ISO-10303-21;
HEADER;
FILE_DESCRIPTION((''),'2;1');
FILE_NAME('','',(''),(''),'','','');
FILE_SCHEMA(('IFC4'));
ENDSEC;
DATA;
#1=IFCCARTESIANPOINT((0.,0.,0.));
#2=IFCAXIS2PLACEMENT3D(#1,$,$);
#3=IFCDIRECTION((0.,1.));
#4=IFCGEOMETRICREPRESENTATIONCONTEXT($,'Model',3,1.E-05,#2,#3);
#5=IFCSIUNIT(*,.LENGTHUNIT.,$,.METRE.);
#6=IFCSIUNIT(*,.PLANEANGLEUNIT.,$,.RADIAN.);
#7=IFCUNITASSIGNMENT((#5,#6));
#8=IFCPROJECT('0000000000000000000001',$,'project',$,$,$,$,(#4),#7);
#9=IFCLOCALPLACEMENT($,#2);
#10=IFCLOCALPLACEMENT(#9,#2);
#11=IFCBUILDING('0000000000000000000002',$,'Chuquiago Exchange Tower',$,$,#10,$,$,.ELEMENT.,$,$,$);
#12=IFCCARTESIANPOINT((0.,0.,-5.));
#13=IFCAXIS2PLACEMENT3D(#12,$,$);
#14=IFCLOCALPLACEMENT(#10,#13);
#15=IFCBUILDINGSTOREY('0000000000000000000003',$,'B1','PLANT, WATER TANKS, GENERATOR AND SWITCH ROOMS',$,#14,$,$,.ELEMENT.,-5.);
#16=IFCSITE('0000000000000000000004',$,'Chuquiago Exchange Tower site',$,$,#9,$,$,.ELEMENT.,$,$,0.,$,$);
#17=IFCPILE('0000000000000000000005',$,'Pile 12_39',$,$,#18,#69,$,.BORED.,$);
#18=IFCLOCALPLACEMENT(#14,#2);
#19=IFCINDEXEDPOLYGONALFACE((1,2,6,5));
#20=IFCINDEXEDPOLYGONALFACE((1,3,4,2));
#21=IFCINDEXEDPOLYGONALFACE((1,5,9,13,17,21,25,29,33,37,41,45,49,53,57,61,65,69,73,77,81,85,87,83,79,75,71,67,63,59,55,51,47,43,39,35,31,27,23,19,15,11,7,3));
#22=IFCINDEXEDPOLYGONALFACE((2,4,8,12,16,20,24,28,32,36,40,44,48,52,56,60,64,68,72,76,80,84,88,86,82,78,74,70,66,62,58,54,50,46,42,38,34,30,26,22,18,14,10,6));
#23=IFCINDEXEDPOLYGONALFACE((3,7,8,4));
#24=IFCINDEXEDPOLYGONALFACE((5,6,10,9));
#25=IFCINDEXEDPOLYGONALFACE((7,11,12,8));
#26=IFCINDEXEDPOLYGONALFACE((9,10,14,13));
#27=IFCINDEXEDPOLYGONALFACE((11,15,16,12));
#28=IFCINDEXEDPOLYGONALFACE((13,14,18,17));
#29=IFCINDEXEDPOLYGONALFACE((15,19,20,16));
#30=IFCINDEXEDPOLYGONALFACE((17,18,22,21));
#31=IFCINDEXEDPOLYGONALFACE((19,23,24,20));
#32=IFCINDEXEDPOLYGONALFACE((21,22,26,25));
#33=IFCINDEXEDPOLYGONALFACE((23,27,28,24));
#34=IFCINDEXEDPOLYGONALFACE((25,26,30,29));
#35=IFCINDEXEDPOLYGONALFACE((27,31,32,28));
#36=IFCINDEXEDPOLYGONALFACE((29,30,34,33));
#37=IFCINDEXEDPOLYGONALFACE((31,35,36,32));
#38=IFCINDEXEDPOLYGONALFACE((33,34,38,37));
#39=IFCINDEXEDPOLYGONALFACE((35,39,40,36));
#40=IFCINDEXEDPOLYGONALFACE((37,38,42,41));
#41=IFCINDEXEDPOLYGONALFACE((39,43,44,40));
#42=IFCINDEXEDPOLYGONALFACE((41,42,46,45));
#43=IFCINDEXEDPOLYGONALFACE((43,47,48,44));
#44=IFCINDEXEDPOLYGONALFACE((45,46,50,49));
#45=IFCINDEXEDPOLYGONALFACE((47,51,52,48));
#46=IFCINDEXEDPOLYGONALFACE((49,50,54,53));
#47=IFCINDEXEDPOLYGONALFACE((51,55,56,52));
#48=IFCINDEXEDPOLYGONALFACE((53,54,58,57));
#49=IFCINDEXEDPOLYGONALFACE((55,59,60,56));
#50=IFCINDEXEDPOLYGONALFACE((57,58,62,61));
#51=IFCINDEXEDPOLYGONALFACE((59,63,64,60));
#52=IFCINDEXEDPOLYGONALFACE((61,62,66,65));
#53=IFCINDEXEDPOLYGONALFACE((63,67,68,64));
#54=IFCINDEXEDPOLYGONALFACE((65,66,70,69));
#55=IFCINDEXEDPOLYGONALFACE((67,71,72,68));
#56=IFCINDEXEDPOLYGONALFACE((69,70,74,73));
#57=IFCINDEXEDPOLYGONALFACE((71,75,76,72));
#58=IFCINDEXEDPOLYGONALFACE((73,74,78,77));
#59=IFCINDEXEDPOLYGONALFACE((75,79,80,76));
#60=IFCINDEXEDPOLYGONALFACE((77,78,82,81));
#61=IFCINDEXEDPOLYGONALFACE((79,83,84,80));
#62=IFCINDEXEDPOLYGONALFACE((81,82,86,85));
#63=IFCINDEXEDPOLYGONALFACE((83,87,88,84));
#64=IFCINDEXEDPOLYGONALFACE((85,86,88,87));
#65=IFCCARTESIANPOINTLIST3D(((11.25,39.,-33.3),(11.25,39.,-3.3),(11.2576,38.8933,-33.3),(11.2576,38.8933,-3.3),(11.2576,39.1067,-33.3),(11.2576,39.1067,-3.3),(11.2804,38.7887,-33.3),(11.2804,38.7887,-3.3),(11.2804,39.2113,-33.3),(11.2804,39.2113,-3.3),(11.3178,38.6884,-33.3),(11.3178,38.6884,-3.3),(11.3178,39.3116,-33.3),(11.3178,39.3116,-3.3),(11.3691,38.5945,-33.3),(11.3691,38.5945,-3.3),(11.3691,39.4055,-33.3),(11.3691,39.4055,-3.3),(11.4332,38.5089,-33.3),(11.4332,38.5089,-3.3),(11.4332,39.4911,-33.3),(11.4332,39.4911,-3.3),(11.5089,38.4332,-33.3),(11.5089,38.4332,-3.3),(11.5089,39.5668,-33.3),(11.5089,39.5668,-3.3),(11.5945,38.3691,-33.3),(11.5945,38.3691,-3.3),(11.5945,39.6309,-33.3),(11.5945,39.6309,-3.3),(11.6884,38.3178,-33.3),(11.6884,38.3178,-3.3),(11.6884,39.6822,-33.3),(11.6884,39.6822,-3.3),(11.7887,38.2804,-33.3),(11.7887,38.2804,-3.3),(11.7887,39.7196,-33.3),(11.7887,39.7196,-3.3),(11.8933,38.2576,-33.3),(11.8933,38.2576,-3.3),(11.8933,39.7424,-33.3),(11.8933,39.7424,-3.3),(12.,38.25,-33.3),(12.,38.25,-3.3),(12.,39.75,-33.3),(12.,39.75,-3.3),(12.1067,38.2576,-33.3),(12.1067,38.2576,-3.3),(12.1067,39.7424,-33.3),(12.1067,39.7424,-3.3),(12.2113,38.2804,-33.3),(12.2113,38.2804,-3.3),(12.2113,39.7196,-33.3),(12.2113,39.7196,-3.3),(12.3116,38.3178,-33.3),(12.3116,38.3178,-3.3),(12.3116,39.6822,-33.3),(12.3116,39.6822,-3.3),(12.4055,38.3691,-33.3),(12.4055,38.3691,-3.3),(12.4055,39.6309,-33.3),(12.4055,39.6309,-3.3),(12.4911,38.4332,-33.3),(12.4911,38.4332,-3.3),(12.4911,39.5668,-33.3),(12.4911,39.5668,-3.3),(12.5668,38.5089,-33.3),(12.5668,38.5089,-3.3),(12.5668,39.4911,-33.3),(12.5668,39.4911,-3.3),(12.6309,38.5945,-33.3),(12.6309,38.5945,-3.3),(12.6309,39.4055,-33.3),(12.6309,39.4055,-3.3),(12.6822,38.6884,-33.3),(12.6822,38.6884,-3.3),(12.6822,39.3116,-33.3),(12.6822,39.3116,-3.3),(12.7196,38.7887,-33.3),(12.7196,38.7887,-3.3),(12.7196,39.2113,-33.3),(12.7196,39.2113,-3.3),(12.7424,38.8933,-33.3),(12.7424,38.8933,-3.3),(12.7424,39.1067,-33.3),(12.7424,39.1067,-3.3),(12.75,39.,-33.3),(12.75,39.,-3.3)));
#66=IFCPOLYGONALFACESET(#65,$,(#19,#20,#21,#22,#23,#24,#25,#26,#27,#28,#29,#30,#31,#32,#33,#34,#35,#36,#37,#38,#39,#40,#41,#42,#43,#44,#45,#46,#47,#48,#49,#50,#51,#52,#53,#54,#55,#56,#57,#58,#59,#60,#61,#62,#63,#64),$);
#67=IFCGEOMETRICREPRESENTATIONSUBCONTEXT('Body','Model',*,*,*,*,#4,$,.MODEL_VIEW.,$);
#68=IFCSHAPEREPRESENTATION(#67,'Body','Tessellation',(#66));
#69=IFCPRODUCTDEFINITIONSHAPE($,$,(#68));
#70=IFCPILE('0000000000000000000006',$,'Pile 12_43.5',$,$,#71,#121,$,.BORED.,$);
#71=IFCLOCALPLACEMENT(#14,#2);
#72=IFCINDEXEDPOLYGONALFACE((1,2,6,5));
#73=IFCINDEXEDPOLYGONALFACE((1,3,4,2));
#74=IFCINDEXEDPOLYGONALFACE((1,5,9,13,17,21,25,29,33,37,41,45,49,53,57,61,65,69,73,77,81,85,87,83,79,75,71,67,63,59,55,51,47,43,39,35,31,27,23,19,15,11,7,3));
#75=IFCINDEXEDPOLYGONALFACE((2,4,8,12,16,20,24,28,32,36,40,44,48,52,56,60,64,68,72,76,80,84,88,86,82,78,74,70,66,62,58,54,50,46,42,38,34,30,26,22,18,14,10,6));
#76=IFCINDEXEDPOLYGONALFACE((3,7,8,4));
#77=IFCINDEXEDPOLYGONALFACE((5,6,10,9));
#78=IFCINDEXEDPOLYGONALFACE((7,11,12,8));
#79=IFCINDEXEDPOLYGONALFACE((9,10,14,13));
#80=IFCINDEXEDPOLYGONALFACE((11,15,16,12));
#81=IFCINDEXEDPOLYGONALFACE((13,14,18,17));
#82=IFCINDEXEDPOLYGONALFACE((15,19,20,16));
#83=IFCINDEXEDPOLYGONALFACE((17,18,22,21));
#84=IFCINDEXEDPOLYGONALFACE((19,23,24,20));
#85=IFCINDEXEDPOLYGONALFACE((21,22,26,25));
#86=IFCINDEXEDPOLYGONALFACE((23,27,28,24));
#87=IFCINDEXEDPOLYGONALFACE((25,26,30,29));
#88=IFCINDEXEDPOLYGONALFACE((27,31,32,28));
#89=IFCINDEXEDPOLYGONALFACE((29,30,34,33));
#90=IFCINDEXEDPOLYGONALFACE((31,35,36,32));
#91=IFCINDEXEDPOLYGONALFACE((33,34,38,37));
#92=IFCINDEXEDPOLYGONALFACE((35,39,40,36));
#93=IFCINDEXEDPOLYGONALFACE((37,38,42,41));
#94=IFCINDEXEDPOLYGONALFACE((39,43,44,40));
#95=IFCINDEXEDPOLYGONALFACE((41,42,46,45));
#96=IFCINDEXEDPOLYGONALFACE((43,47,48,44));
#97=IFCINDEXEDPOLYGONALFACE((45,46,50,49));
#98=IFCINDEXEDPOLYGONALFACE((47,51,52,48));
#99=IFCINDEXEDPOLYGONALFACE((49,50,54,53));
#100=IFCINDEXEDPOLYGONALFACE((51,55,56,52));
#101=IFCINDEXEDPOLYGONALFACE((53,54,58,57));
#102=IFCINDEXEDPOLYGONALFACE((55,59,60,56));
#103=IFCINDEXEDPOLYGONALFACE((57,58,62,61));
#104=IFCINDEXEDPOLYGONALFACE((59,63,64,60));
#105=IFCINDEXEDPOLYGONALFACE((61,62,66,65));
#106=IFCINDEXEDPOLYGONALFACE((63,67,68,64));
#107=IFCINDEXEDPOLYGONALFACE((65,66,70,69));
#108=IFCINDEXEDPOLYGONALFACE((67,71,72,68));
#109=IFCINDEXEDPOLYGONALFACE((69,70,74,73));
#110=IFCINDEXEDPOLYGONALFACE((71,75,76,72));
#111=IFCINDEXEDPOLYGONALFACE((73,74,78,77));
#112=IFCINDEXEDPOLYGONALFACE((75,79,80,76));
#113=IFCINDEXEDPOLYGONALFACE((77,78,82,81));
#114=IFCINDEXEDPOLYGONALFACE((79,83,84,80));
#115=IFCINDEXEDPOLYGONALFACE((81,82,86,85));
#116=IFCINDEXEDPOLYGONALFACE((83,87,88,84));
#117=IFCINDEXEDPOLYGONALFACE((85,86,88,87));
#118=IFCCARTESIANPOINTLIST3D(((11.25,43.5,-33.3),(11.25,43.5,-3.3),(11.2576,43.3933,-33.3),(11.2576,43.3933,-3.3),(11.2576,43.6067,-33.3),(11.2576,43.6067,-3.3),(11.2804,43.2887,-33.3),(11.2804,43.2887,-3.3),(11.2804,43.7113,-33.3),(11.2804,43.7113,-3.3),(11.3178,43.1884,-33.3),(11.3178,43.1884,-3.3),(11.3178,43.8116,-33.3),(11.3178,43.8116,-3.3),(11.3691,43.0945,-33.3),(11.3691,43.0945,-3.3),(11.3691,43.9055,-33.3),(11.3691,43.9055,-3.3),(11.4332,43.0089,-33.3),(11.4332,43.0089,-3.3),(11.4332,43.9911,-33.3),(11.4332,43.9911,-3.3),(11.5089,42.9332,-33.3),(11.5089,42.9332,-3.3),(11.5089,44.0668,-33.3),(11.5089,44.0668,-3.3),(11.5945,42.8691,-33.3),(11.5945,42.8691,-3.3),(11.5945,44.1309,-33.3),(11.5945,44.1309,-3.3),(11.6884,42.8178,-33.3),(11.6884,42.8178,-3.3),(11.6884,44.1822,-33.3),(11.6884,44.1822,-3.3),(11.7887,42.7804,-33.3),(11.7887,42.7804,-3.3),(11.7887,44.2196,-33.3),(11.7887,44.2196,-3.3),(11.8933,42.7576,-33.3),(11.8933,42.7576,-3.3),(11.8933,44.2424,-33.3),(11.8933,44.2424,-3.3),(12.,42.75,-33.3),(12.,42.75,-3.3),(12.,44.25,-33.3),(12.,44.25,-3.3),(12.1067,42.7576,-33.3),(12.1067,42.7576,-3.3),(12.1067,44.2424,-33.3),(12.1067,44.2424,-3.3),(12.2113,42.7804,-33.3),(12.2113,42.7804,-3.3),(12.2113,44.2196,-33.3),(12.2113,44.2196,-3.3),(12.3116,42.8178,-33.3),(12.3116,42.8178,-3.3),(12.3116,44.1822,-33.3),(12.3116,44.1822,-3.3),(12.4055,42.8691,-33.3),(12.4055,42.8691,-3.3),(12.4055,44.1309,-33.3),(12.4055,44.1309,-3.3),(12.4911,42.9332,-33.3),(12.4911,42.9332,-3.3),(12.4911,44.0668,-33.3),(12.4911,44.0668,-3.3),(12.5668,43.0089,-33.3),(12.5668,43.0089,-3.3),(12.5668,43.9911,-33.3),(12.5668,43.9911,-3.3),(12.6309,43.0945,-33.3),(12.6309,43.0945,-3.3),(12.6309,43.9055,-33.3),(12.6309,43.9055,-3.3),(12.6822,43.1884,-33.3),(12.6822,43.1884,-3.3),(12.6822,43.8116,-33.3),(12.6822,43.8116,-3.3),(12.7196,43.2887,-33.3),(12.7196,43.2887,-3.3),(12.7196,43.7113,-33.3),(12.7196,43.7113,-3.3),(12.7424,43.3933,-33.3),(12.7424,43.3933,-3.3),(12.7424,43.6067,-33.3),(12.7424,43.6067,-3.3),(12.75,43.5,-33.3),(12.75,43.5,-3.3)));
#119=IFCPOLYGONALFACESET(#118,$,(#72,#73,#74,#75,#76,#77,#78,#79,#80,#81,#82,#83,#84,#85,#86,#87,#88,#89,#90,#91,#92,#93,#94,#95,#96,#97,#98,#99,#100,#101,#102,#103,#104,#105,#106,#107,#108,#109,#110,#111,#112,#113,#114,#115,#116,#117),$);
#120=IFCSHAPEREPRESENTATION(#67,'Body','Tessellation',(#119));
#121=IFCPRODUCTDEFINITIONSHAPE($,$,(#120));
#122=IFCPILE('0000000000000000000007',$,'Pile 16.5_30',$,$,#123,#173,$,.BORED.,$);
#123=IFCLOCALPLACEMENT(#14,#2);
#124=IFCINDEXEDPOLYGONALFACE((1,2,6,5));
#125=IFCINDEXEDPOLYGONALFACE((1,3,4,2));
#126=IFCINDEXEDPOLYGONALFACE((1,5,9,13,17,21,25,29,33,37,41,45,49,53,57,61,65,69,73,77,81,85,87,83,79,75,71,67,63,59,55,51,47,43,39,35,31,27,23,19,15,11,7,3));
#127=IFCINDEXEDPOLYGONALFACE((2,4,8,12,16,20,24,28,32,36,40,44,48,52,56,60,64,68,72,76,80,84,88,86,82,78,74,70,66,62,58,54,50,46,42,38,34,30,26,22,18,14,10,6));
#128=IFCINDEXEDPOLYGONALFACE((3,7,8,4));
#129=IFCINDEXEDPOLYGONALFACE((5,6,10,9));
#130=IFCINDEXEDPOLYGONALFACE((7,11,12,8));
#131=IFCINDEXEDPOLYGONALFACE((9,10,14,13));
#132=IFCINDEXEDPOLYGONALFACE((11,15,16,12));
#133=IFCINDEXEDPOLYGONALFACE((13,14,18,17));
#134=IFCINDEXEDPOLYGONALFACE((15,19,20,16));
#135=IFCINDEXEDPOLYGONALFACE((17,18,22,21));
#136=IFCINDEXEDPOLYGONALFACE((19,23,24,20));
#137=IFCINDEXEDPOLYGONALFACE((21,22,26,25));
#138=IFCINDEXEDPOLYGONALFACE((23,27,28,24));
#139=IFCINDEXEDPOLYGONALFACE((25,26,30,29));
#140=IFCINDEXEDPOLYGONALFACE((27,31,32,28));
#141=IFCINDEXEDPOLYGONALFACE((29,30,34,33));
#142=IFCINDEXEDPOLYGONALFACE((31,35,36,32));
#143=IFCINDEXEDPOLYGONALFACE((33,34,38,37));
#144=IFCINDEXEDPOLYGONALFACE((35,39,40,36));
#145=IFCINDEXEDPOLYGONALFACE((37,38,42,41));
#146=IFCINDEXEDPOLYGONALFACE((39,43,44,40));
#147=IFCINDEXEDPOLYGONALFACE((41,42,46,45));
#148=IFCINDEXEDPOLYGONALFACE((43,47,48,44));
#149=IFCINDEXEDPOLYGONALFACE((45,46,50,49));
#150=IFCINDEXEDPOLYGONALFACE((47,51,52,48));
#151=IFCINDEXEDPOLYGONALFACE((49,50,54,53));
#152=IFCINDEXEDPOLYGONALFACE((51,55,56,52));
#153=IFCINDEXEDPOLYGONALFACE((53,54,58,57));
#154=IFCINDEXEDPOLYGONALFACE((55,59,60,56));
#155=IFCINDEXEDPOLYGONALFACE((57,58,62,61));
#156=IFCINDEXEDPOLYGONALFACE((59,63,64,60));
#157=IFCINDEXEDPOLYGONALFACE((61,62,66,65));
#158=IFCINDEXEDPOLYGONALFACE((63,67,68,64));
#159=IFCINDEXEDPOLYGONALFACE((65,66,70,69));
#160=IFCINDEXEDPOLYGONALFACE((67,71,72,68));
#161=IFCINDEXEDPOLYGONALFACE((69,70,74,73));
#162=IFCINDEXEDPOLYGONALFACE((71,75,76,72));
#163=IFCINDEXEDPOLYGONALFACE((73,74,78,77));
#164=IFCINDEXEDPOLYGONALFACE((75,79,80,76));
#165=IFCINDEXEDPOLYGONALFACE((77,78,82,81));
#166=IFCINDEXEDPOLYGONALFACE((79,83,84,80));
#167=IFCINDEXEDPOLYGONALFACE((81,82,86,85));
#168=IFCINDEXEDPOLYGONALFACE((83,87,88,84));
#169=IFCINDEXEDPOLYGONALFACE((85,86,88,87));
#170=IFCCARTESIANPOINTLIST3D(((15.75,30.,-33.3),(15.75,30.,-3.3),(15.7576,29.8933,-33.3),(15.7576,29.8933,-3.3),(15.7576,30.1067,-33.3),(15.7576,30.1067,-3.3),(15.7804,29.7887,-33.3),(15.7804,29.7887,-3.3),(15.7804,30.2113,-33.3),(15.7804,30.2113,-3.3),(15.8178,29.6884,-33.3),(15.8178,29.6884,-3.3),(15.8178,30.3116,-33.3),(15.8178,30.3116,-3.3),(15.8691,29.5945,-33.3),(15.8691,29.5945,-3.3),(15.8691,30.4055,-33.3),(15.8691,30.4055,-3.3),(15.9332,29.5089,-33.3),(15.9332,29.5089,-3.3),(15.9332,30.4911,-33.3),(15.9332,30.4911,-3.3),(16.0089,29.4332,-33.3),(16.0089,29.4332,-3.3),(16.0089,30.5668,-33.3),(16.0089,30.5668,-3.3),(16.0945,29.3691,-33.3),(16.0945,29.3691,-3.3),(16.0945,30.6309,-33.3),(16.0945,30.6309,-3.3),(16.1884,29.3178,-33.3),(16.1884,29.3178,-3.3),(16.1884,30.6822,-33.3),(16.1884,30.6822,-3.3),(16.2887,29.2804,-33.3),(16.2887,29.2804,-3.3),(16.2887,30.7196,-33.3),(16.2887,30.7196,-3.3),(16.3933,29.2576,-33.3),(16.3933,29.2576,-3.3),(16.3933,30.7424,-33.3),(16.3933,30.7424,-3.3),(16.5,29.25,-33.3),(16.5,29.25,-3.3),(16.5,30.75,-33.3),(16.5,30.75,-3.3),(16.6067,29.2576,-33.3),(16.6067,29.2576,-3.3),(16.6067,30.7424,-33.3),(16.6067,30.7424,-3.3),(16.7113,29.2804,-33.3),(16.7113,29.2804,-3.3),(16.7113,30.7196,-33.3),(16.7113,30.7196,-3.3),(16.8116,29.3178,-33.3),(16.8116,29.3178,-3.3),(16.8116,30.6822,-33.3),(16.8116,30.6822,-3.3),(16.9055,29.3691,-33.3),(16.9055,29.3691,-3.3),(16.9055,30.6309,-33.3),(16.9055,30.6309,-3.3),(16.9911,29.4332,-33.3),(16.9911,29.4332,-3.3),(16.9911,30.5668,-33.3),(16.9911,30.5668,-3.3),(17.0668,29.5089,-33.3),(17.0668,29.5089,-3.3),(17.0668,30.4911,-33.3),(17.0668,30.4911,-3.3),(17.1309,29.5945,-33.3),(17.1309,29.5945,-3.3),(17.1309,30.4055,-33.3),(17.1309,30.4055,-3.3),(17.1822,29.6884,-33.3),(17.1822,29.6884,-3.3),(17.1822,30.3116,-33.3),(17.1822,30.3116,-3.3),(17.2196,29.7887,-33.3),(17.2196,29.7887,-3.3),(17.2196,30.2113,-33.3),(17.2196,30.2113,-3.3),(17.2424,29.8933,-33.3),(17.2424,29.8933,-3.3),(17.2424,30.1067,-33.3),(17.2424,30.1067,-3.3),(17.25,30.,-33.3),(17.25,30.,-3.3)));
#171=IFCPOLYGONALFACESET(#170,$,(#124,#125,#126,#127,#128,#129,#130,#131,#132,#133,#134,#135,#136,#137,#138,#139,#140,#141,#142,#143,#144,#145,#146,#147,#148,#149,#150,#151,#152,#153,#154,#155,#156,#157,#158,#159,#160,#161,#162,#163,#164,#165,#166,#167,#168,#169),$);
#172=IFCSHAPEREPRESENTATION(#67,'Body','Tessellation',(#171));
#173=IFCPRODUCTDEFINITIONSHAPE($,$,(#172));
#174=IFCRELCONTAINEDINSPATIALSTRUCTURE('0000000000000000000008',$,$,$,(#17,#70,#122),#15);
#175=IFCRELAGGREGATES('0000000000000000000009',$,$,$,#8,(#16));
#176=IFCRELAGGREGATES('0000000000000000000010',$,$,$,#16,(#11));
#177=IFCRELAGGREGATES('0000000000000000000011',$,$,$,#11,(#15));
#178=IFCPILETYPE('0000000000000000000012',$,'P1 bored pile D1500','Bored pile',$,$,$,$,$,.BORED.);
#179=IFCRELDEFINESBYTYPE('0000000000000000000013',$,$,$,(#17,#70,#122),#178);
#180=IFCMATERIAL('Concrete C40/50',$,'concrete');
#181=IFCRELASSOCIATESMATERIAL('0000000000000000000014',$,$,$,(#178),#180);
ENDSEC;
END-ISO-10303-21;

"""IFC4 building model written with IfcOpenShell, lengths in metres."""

from ifc_helpers import new_model, si_unit, direction, frame, origin, origin_2d, place, context, subcontext, project, spatial, circle, extrude, material, material_profile, profile_set, type_object, element, save


model = new_model("IFC4")

# Units and contexts
model_context = context("Model", 3, precision=1e-05, world=origin(), true_north=direction((0.0, 1.0)))
body_context = subcontext(model_context, "Body", "Model", "MODEL_VIEW")
ifc_project = project(units=[si_unit("LENGTHUNIT", "METRE"), si_unit("PLANEANGLEUNIT", "RADIAN")], contexts=[model_context])

# Site, building, storey
site_placement = place(None, origin())
site = spatial("IfcSite", under=ifc_project, at=site_placement, Name="Chuquiago Exchange Tower site", CompositionType="ELEMENT", RefElevation=0.0)
building_placement = place(site_placement, origin())
building = spatial("IfcBuilding", under=site, at=building_placement, Name="Chuquiago Exchange Tower", CompositionType="ELEMENT")
storey_placement = place(building_placement, frame((0.0, 0.0, -5.0)))
storey = spatial("IfcBuildingStorey", under=building, at=storey_placement, Name="B1", Description="PLANT, WATER TANKS, GENERATOR AND SWITCH ROOMS", CompositionType="ELEMENT", Elevation=-5.0)

# Piles
ifc_material_1 = material(Name="Concrete C40/50", Category="concrete")
ifc_material_profile_1 = material_profile(ifc_material_1, circle(Radius=0.75, at=origin_2d()), Name="D1500")
ifc_profile_set_1 = profile_set([ifc_material_profile_1], Name="Concrete C40/50")
pile_type = type_object("IfcPileType", Name="P1 bored pile D1500", Description="Bored pile", PredefinedType="BORED", material=ifc_profile_set_1)
for number, where, z_axis, x_axis, name in (
    (1, (12.0, 39.0, -3.3), (0.0, 0.0, -1.0), (1.0, 0.0, 0.0), "Pile 12_39"),
    (2, (12.0, 43.5, -3.3), (0.0, 0.0, -1.0), (1.0, 0.0, 0.0), "Pile 12_43.5"),
    (3, (16.5, 30.0, -3.3), (0.0, 0.0, -1.0), (1.0, 0.0, 0.0), "Pile 16.5_30"),
):
    element("IfcPile", number, at=place(storey_placement, frame(where, z_axis=z_axis, x_axis=x_axis)), inside=storey, type_object=pile_type, Name=name, PredefinedType="BORED", context=body_context, shape_type="SweptSolid", body=[
        extrude(circle(Radius=0.75, at=origin_2d()), origin(), (0.0, 0.0, 1.0), 30.0),
    ])

save(model, "model.ifc")
